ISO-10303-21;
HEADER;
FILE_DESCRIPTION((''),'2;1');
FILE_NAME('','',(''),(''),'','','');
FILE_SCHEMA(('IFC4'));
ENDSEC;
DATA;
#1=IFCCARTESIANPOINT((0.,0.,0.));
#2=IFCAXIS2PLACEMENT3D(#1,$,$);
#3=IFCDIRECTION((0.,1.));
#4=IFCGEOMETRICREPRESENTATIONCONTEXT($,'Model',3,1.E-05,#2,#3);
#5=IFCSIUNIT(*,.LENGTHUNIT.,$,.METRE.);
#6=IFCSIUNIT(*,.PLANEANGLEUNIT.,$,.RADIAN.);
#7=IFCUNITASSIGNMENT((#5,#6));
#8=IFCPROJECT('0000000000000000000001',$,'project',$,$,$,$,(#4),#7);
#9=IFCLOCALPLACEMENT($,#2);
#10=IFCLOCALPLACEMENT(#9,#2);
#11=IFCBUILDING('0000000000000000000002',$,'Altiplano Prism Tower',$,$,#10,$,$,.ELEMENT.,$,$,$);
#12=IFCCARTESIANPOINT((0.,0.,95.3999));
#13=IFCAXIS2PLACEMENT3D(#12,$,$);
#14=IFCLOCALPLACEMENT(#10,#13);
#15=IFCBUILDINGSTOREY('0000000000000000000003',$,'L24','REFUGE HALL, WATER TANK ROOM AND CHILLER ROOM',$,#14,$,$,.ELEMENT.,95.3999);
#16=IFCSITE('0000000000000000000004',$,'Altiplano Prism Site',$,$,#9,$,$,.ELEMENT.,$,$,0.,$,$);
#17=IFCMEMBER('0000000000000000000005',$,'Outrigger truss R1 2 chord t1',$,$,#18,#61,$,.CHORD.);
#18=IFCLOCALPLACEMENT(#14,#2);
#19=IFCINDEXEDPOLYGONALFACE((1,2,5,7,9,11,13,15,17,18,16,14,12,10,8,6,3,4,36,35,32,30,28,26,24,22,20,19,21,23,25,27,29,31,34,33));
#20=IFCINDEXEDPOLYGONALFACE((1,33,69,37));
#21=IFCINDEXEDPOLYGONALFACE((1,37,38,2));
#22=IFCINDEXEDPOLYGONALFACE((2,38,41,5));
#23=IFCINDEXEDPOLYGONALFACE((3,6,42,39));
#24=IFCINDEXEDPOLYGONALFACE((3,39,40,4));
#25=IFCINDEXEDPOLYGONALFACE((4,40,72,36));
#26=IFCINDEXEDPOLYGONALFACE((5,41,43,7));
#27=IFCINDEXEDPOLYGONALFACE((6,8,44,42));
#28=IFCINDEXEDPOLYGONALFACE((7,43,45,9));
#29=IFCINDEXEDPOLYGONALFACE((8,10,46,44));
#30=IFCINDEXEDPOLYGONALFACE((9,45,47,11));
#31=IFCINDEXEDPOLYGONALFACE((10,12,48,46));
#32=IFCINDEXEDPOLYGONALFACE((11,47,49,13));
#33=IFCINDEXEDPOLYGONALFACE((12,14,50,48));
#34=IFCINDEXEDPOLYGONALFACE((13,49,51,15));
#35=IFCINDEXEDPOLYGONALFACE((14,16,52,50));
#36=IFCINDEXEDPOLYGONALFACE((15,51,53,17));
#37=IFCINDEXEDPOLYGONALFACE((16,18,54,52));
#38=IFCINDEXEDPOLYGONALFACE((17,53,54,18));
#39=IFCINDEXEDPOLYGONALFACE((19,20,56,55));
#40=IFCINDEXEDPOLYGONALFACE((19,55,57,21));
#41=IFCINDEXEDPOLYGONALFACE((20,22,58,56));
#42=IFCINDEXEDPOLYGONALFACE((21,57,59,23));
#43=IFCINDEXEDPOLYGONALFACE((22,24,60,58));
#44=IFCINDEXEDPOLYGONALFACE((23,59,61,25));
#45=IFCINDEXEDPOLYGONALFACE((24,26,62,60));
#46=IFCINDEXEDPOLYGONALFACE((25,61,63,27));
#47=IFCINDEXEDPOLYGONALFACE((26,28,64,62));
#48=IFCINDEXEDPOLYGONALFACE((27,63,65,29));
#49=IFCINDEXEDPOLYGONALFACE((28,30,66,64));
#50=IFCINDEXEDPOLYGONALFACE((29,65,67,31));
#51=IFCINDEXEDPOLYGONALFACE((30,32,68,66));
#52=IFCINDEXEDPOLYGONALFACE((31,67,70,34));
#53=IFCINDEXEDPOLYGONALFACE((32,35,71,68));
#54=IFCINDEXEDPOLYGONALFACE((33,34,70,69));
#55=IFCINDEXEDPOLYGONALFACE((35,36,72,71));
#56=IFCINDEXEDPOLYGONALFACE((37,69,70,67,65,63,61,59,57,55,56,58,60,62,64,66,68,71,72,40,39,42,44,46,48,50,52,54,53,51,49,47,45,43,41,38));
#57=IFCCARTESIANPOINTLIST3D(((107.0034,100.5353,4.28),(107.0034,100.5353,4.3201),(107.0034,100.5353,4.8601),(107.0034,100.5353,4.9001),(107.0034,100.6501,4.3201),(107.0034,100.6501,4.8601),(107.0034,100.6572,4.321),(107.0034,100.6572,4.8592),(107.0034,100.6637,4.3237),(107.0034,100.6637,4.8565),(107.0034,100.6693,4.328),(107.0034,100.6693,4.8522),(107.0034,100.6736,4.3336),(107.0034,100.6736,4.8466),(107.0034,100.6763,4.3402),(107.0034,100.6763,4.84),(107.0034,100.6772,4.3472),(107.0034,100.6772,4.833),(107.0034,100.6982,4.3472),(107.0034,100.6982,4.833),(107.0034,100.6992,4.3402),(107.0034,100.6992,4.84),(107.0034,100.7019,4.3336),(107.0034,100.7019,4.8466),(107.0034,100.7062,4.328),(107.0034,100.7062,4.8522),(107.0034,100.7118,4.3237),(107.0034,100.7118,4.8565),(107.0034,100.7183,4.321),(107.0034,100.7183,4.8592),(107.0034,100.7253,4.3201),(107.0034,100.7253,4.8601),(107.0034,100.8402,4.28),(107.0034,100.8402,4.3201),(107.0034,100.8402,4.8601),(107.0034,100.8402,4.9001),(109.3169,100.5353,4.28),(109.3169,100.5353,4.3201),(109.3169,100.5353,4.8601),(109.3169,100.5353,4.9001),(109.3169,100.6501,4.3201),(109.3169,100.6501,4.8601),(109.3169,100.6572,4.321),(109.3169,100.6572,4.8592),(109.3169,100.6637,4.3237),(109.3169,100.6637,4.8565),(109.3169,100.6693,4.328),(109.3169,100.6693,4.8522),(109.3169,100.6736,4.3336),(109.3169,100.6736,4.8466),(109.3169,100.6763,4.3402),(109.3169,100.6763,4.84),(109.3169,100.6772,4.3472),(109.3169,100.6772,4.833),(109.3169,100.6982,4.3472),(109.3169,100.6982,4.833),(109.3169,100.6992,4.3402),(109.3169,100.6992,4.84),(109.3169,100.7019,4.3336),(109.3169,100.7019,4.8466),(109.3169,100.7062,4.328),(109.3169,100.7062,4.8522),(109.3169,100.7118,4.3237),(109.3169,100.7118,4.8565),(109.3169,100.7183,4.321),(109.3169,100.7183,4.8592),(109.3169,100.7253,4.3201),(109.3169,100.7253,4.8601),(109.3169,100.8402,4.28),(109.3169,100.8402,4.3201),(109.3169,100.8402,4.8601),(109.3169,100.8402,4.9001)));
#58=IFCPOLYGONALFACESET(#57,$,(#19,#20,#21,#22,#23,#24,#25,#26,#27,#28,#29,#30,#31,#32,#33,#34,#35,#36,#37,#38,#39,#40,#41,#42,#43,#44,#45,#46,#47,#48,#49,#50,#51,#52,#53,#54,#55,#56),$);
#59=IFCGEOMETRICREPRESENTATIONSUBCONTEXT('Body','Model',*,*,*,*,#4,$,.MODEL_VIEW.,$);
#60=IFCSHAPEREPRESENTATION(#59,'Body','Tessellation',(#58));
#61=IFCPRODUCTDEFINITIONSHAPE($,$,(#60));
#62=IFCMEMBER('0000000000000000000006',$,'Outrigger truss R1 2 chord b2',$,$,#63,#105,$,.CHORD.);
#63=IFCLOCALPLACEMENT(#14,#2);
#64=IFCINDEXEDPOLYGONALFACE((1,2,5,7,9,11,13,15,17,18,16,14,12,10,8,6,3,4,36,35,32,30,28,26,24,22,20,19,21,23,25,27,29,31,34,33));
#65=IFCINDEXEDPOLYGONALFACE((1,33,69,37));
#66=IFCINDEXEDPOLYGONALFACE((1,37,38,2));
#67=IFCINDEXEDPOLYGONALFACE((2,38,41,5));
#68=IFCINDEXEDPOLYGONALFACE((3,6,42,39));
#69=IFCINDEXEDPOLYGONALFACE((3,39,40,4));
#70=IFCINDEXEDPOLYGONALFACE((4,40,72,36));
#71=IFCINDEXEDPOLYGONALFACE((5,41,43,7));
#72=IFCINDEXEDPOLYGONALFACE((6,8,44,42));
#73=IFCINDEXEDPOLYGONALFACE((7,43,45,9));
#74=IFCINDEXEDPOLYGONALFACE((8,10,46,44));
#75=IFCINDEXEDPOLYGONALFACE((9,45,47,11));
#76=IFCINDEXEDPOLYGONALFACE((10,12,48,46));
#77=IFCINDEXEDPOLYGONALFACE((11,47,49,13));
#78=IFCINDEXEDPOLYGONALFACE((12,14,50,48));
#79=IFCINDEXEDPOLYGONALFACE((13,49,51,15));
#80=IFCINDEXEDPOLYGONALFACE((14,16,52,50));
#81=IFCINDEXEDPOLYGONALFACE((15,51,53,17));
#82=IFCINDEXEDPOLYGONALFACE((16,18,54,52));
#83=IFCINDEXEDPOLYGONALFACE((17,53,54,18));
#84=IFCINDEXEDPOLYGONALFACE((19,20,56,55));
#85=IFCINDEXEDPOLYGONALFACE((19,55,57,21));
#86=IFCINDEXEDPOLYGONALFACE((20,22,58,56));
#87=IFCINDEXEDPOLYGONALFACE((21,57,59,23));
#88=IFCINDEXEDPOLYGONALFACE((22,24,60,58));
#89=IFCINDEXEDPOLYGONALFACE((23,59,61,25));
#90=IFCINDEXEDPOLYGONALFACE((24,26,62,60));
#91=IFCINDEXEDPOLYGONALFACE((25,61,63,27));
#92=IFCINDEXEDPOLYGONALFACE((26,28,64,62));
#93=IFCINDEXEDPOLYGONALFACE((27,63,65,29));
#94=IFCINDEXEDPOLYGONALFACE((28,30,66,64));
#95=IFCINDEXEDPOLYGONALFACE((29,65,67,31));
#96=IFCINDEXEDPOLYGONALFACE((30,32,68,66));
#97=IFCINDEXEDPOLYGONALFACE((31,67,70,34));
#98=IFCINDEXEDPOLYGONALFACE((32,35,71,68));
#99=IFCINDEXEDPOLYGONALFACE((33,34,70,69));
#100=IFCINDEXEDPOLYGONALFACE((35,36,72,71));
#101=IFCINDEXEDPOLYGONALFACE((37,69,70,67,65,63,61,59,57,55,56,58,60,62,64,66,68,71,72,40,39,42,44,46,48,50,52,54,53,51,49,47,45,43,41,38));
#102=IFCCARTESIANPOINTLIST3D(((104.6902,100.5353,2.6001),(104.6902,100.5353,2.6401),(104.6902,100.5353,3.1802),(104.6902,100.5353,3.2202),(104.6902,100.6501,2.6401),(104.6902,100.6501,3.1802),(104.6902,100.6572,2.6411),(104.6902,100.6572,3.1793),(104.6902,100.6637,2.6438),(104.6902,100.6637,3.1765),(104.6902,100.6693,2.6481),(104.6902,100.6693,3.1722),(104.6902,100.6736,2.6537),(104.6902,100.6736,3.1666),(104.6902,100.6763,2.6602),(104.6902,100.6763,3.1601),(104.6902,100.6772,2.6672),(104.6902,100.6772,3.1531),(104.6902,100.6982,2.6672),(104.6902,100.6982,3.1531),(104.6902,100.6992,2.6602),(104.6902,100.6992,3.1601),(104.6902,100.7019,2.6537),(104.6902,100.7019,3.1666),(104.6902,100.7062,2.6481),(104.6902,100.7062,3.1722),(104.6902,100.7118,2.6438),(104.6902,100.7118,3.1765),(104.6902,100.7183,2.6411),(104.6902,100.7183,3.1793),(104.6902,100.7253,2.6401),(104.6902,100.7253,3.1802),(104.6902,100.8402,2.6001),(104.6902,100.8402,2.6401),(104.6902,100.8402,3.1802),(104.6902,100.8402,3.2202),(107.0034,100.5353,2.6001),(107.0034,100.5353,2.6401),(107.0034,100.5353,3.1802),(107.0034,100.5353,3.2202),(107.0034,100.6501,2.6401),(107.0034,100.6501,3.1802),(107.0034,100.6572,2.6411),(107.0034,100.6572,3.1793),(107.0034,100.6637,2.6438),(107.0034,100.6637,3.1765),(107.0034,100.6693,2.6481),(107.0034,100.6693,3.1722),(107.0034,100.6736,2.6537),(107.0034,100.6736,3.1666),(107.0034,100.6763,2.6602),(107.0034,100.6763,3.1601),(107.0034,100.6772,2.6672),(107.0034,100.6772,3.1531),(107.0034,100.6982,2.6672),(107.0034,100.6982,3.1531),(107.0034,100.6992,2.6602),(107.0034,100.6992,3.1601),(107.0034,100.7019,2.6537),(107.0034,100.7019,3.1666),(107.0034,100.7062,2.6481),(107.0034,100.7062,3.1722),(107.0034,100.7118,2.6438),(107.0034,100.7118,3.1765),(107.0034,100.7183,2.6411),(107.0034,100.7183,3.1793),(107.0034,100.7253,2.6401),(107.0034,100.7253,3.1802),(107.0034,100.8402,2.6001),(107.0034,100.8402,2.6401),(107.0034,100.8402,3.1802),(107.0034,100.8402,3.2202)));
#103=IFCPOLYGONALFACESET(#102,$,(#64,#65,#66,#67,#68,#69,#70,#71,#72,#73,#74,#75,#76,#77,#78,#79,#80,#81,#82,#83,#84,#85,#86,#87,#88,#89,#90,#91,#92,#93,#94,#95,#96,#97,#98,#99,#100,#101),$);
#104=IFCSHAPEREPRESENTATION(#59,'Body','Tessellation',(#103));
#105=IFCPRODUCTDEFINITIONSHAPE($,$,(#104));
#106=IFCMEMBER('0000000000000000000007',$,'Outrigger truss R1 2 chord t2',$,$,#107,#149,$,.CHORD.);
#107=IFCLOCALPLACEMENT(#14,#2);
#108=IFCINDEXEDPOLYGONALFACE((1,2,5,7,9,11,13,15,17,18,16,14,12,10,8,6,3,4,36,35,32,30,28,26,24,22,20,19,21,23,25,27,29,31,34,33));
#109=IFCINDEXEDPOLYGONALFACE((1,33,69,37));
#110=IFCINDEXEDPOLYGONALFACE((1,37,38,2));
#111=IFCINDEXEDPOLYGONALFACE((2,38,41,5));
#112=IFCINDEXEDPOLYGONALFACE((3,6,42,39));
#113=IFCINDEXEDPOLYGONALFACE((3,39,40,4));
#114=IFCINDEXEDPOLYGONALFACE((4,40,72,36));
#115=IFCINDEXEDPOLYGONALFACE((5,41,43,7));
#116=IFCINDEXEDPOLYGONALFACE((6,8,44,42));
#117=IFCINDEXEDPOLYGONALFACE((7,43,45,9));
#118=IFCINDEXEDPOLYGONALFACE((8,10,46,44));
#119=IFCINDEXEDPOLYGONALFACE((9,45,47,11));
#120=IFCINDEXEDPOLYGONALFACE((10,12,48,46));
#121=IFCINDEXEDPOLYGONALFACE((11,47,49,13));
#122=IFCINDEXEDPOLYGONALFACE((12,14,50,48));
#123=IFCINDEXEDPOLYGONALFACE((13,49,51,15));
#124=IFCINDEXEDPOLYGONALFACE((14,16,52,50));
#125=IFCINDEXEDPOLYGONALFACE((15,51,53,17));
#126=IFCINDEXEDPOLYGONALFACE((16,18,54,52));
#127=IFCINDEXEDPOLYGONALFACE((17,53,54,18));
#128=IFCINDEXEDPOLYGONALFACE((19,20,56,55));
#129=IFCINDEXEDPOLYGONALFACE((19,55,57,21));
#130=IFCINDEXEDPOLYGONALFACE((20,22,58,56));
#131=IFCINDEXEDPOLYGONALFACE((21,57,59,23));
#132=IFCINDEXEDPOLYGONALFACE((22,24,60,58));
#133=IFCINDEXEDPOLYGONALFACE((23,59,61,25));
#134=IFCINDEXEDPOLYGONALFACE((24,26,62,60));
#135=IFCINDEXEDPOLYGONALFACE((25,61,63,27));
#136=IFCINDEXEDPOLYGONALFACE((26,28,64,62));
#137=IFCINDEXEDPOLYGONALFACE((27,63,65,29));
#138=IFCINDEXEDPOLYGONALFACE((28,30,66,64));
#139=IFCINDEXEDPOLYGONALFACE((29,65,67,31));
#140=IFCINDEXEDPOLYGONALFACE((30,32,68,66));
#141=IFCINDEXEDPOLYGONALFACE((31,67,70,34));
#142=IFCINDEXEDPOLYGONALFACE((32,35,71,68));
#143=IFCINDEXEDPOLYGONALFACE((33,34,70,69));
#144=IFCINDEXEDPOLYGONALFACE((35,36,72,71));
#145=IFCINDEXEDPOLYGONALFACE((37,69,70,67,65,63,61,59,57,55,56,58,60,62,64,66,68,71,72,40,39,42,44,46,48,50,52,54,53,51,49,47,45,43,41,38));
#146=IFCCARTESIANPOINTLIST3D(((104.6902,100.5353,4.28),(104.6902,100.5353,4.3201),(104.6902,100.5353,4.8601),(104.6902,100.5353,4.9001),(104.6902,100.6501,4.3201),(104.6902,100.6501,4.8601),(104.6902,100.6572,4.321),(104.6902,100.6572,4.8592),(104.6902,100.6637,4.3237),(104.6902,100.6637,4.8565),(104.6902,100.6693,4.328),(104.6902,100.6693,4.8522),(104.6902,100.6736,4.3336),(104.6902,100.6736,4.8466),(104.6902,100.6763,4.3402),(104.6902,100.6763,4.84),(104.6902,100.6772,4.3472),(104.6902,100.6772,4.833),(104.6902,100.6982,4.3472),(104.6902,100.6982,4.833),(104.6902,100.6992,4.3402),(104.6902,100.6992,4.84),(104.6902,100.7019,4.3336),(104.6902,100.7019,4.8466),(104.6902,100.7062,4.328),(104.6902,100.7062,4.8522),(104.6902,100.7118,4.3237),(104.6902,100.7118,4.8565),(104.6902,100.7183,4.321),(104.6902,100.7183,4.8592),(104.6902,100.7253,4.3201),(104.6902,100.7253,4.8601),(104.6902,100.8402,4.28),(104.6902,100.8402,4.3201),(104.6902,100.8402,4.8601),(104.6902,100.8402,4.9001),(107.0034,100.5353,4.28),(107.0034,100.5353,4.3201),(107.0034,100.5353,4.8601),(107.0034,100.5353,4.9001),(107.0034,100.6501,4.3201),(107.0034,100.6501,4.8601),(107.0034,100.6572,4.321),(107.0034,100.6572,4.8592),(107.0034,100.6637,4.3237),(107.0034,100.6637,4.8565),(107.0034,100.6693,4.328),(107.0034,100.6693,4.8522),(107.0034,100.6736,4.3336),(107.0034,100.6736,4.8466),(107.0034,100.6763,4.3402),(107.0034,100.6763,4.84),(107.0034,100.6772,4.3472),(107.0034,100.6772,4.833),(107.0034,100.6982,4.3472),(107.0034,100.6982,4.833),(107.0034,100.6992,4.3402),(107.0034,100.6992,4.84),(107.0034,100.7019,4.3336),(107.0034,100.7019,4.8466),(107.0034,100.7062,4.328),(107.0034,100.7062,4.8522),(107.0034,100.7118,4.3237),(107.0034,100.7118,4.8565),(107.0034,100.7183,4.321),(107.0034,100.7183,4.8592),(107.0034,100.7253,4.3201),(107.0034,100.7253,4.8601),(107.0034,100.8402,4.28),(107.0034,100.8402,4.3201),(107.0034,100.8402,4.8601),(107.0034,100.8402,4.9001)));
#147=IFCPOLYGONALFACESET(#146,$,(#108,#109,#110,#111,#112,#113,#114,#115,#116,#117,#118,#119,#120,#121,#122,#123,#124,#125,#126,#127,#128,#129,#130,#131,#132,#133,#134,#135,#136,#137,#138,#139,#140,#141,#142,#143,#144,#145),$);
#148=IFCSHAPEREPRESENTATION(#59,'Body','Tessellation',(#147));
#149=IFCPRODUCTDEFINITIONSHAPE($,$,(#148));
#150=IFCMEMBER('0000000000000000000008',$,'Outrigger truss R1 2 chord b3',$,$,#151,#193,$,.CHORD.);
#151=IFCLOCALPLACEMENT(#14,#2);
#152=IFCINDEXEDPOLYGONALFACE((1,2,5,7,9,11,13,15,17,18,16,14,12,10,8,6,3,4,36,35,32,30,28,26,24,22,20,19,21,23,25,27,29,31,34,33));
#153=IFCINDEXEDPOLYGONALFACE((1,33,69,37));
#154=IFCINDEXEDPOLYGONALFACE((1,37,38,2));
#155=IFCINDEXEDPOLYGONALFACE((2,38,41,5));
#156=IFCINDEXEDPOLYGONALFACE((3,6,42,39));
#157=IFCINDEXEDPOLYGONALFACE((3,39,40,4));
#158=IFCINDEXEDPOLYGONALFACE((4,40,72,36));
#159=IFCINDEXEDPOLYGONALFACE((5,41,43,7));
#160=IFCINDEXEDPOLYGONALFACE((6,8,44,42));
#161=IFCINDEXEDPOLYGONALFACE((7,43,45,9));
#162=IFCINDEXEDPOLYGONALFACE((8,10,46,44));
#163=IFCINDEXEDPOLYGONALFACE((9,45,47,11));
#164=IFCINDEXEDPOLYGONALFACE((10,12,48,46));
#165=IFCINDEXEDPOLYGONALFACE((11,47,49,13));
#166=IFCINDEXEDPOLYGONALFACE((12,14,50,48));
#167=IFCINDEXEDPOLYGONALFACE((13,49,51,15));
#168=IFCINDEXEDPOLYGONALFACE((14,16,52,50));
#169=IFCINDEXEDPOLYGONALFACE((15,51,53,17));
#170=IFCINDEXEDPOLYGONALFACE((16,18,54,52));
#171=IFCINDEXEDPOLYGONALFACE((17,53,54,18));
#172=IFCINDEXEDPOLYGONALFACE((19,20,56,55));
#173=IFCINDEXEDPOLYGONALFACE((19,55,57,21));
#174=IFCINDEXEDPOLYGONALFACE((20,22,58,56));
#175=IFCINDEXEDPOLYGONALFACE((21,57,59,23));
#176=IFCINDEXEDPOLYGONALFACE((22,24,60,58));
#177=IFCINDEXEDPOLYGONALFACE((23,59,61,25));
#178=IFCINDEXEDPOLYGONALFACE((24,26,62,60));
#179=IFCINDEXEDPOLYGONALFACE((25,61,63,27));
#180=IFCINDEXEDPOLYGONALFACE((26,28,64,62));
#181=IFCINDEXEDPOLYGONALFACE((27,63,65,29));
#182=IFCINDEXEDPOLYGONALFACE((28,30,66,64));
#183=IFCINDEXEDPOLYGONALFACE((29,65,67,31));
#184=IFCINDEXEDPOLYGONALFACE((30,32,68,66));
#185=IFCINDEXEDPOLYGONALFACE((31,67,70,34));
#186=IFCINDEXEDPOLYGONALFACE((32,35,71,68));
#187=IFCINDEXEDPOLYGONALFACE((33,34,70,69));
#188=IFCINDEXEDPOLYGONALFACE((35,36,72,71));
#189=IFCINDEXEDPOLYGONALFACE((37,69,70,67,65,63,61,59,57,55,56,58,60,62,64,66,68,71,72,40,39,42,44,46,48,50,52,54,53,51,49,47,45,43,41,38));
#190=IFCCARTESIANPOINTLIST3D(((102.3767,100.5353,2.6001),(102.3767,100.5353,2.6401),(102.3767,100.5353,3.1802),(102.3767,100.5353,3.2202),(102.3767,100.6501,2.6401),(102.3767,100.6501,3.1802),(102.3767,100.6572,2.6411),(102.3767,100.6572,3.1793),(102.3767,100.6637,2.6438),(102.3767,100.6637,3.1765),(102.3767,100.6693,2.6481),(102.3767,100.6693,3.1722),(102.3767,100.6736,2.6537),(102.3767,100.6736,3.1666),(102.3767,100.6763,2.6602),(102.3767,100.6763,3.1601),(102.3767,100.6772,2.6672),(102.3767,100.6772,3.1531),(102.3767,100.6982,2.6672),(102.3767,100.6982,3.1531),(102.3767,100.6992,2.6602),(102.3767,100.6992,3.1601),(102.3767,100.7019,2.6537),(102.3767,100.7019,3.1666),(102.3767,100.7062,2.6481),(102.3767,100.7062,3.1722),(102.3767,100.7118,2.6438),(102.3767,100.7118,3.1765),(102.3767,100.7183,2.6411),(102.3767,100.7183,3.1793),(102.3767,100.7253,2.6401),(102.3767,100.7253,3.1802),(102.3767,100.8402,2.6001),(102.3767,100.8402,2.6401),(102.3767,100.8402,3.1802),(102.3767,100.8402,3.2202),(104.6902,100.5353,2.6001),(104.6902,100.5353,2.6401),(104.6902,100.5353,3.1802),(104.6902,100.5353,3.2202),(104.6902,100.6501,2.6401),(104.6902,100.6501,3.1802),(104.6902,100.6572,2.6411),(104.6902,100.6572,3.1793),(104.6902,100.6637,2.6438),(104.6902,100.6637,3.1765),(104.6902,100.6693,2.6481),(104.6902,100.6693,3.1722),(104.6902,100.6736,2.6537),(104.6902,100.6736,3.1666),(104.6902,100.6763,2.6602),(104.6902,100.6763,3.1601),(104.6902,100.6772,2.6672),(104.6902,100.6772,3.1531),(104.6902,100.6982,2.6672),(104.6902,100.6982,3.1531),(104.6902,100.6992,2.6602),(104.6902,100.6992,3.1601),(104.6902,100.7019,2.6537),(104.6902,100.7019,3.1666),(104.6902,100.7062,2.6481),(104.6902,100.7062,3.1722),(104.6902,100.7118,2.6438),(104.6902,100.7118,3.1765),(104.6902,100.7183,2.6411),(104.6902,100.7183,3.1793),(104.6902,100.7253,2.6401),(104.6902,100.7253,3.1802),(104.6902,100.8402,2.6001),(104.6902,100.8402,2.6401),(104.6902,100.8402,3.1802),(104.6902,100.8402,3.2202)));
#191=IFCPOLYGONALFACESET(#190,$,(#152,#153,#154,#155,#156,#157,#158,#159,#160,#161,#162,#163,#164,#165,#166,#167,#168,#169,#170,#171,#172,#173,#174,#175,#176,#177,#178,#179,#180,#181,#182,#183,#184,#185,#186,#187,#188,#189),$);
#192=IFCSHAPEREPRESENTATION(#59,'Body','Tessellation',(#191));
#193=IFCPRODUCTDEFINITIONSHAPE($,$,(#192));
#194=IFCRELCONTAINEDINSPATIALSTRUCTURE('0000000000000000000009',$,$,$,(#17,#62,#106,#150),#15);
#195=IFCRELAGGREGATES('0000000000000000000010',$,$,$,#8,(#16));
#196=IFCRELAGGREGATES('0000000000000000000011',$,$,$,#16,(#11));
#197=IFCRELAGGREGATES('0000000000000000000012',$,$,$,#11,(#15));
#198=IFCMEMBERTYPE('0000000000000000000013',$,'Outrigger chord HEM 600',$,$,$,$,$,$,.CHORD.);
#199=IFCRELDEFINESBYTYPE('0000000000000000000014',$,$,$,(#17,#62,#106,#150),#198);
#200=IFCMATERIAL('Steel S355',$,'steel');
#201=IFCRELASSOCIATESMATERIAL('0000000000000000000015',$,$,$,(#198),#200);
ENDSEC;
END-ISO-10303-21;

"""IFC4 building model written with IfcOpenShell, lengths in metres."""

from ifc_helpers import new_model, si_unit, direction, frame, origin, origin_2d, place, context, subcontext, project, spatial, i_section, extrude, material, material_profile, profile_set, type_object, element, save


model = new_model("IFC4")

# Units and contexts
model_context = context("Model", 3, precision=1e-05, world=origin(), true_north=direction((0.0, 1.0)))
body_context = subcontext(model_context, "Body", "Model", "MODEL_VIEW")
ifc_project = project(units=[si_unit("LENGTHUNIT", "METRE"), si_unit("PLANEANGLEUNIT", "RADIAN")], contexts=[model_context])

# Site, building, storey
site_placement = place(None, origin())
site = spatial("IfcSite", under=ifc_project, at=site_placement, Name="Altiplano Prism Site", CompositionType="ELEMENT", RefElevation=0.0)
building_placement = place(site_placement, origin())
building = spatial("IfcBuilding", under=site, at=building_placement, Name="Altiplano Prism Tower", CompositionType="ELEMENT")
storey_placement = place(building_placement, frame((0.0, 0.0, 95.3999)))
storey = spatial("IfcBuildingStorey", under=building, at=storey_placement, Name="L24", Description="REFUGE HALL, WATER TANK ROOM AND CHILLER ROOM", CompositionType="ELEMENT", Elevation=95.3999)

# Shared definitions
ifc_material_1 = material(Name="Steel S355", Category="steel")

# Members
ifc_material_profile_1 = material_profile(ifc_material_1, i_section(OverallWidth=0.3049, OverallDepth=0.6201, WebThickness=0.021, FlangeThickness=0.04, FilletRadius=0.0271, at=origin_2d()), Name="Outrigger chord HEM 600")
ifc_profile_set_1 = profile_set([ifc_material_profile_1], Name="Steel S355")
member_type_1 = type_object("IfcMemberType", Name="Outrigger chord HEM 600", PredefinedType="CHORD", material=ifc_profile_set_1)
for number, where, z_axis, x_axis, name in (
    (1, (109.3169, 100.6877, 4.5901), (-1.0, 0.0, 0.0), (0.0, -1.0, 0.0), "Outrigger truss R1 2 chord t1"),
):
    element("IfcMember", number, at=place(storey_placement, frame(where, z_axis=z_axis, x_axis=x_axis)), inside=storey, type_object=member_type_1, Name=name, PredefinedType="CHORD", context=body_context, shape_type="SweptSolid", body=[
        extrude(i_section(OverallWidth=0.3049, OverallDepth=0.6201, WebThickness=0.021, FlangeThickness=0.04, FilletRadius=0.0271, at=origin_2d()), origin(), (0.0, 0.0, 1.0), 2.3135),
    ])
for number, where, z_axis, x_axis, name in (
    (2, (107.0034, 100.6877, 2.9102), (-1.0, 0.0, 0.0), (0.0, -1.0, 0.0), "Outrigger truss R1 2 chord b2"),
    (3, (107.0034, 100.6877, 4.5901), (-1.0, 0.0, 0.0), (0.0, -1.0, 0.0), "Outrigger truss R1 2 chord t2"),
):
    element("IfcMember", number, at=place(storey_placement, frame(where, z_axis=z_axis, x_axis=x_axis)), inside=storey, type_object=member_type_1, Name=name, PredefinedType="CHORD", context=body_context, shape_type="SweptSolid", body=[
        extrude(i_section(OverallWidth=0.3049, OverallDepth=0.6201, WebThickness=0.021, FlangeThickness=0.04, FilletRadius=0.0271, at=origin_2d()), origin(), (0.0, 0.0, 1.0), 2.3132),
    ])
for number, where, z_axis, x_axis, name in (
    (4, (104.6902, 100.6877, 2.9102), (-1.0, 0.0, 0.0), (0.0, -1.0, 0.0), "Outrigger truss R1 2 chord b3"),
):
    element("IfcMember", number, at=place(storey_placement, frame(where, z_axis=z_axis, x_axis=x_axis)), inside=storey, type_object=member_type_1, Name=name, PredefinedType="CHORD", context=body_context, shape_type="SweptSolid", body=[
        extrude(i_section(OverallWidth=0.3049, OverallDepth=0.6201, WebThickness=0.021, FlangeThickness=0.04, FilletRadius=0.0271, at=origin_2d()), origin(), (0.0, 0.0, 1.0), 2.3135),
    ])

save(model, "model.ifc")
